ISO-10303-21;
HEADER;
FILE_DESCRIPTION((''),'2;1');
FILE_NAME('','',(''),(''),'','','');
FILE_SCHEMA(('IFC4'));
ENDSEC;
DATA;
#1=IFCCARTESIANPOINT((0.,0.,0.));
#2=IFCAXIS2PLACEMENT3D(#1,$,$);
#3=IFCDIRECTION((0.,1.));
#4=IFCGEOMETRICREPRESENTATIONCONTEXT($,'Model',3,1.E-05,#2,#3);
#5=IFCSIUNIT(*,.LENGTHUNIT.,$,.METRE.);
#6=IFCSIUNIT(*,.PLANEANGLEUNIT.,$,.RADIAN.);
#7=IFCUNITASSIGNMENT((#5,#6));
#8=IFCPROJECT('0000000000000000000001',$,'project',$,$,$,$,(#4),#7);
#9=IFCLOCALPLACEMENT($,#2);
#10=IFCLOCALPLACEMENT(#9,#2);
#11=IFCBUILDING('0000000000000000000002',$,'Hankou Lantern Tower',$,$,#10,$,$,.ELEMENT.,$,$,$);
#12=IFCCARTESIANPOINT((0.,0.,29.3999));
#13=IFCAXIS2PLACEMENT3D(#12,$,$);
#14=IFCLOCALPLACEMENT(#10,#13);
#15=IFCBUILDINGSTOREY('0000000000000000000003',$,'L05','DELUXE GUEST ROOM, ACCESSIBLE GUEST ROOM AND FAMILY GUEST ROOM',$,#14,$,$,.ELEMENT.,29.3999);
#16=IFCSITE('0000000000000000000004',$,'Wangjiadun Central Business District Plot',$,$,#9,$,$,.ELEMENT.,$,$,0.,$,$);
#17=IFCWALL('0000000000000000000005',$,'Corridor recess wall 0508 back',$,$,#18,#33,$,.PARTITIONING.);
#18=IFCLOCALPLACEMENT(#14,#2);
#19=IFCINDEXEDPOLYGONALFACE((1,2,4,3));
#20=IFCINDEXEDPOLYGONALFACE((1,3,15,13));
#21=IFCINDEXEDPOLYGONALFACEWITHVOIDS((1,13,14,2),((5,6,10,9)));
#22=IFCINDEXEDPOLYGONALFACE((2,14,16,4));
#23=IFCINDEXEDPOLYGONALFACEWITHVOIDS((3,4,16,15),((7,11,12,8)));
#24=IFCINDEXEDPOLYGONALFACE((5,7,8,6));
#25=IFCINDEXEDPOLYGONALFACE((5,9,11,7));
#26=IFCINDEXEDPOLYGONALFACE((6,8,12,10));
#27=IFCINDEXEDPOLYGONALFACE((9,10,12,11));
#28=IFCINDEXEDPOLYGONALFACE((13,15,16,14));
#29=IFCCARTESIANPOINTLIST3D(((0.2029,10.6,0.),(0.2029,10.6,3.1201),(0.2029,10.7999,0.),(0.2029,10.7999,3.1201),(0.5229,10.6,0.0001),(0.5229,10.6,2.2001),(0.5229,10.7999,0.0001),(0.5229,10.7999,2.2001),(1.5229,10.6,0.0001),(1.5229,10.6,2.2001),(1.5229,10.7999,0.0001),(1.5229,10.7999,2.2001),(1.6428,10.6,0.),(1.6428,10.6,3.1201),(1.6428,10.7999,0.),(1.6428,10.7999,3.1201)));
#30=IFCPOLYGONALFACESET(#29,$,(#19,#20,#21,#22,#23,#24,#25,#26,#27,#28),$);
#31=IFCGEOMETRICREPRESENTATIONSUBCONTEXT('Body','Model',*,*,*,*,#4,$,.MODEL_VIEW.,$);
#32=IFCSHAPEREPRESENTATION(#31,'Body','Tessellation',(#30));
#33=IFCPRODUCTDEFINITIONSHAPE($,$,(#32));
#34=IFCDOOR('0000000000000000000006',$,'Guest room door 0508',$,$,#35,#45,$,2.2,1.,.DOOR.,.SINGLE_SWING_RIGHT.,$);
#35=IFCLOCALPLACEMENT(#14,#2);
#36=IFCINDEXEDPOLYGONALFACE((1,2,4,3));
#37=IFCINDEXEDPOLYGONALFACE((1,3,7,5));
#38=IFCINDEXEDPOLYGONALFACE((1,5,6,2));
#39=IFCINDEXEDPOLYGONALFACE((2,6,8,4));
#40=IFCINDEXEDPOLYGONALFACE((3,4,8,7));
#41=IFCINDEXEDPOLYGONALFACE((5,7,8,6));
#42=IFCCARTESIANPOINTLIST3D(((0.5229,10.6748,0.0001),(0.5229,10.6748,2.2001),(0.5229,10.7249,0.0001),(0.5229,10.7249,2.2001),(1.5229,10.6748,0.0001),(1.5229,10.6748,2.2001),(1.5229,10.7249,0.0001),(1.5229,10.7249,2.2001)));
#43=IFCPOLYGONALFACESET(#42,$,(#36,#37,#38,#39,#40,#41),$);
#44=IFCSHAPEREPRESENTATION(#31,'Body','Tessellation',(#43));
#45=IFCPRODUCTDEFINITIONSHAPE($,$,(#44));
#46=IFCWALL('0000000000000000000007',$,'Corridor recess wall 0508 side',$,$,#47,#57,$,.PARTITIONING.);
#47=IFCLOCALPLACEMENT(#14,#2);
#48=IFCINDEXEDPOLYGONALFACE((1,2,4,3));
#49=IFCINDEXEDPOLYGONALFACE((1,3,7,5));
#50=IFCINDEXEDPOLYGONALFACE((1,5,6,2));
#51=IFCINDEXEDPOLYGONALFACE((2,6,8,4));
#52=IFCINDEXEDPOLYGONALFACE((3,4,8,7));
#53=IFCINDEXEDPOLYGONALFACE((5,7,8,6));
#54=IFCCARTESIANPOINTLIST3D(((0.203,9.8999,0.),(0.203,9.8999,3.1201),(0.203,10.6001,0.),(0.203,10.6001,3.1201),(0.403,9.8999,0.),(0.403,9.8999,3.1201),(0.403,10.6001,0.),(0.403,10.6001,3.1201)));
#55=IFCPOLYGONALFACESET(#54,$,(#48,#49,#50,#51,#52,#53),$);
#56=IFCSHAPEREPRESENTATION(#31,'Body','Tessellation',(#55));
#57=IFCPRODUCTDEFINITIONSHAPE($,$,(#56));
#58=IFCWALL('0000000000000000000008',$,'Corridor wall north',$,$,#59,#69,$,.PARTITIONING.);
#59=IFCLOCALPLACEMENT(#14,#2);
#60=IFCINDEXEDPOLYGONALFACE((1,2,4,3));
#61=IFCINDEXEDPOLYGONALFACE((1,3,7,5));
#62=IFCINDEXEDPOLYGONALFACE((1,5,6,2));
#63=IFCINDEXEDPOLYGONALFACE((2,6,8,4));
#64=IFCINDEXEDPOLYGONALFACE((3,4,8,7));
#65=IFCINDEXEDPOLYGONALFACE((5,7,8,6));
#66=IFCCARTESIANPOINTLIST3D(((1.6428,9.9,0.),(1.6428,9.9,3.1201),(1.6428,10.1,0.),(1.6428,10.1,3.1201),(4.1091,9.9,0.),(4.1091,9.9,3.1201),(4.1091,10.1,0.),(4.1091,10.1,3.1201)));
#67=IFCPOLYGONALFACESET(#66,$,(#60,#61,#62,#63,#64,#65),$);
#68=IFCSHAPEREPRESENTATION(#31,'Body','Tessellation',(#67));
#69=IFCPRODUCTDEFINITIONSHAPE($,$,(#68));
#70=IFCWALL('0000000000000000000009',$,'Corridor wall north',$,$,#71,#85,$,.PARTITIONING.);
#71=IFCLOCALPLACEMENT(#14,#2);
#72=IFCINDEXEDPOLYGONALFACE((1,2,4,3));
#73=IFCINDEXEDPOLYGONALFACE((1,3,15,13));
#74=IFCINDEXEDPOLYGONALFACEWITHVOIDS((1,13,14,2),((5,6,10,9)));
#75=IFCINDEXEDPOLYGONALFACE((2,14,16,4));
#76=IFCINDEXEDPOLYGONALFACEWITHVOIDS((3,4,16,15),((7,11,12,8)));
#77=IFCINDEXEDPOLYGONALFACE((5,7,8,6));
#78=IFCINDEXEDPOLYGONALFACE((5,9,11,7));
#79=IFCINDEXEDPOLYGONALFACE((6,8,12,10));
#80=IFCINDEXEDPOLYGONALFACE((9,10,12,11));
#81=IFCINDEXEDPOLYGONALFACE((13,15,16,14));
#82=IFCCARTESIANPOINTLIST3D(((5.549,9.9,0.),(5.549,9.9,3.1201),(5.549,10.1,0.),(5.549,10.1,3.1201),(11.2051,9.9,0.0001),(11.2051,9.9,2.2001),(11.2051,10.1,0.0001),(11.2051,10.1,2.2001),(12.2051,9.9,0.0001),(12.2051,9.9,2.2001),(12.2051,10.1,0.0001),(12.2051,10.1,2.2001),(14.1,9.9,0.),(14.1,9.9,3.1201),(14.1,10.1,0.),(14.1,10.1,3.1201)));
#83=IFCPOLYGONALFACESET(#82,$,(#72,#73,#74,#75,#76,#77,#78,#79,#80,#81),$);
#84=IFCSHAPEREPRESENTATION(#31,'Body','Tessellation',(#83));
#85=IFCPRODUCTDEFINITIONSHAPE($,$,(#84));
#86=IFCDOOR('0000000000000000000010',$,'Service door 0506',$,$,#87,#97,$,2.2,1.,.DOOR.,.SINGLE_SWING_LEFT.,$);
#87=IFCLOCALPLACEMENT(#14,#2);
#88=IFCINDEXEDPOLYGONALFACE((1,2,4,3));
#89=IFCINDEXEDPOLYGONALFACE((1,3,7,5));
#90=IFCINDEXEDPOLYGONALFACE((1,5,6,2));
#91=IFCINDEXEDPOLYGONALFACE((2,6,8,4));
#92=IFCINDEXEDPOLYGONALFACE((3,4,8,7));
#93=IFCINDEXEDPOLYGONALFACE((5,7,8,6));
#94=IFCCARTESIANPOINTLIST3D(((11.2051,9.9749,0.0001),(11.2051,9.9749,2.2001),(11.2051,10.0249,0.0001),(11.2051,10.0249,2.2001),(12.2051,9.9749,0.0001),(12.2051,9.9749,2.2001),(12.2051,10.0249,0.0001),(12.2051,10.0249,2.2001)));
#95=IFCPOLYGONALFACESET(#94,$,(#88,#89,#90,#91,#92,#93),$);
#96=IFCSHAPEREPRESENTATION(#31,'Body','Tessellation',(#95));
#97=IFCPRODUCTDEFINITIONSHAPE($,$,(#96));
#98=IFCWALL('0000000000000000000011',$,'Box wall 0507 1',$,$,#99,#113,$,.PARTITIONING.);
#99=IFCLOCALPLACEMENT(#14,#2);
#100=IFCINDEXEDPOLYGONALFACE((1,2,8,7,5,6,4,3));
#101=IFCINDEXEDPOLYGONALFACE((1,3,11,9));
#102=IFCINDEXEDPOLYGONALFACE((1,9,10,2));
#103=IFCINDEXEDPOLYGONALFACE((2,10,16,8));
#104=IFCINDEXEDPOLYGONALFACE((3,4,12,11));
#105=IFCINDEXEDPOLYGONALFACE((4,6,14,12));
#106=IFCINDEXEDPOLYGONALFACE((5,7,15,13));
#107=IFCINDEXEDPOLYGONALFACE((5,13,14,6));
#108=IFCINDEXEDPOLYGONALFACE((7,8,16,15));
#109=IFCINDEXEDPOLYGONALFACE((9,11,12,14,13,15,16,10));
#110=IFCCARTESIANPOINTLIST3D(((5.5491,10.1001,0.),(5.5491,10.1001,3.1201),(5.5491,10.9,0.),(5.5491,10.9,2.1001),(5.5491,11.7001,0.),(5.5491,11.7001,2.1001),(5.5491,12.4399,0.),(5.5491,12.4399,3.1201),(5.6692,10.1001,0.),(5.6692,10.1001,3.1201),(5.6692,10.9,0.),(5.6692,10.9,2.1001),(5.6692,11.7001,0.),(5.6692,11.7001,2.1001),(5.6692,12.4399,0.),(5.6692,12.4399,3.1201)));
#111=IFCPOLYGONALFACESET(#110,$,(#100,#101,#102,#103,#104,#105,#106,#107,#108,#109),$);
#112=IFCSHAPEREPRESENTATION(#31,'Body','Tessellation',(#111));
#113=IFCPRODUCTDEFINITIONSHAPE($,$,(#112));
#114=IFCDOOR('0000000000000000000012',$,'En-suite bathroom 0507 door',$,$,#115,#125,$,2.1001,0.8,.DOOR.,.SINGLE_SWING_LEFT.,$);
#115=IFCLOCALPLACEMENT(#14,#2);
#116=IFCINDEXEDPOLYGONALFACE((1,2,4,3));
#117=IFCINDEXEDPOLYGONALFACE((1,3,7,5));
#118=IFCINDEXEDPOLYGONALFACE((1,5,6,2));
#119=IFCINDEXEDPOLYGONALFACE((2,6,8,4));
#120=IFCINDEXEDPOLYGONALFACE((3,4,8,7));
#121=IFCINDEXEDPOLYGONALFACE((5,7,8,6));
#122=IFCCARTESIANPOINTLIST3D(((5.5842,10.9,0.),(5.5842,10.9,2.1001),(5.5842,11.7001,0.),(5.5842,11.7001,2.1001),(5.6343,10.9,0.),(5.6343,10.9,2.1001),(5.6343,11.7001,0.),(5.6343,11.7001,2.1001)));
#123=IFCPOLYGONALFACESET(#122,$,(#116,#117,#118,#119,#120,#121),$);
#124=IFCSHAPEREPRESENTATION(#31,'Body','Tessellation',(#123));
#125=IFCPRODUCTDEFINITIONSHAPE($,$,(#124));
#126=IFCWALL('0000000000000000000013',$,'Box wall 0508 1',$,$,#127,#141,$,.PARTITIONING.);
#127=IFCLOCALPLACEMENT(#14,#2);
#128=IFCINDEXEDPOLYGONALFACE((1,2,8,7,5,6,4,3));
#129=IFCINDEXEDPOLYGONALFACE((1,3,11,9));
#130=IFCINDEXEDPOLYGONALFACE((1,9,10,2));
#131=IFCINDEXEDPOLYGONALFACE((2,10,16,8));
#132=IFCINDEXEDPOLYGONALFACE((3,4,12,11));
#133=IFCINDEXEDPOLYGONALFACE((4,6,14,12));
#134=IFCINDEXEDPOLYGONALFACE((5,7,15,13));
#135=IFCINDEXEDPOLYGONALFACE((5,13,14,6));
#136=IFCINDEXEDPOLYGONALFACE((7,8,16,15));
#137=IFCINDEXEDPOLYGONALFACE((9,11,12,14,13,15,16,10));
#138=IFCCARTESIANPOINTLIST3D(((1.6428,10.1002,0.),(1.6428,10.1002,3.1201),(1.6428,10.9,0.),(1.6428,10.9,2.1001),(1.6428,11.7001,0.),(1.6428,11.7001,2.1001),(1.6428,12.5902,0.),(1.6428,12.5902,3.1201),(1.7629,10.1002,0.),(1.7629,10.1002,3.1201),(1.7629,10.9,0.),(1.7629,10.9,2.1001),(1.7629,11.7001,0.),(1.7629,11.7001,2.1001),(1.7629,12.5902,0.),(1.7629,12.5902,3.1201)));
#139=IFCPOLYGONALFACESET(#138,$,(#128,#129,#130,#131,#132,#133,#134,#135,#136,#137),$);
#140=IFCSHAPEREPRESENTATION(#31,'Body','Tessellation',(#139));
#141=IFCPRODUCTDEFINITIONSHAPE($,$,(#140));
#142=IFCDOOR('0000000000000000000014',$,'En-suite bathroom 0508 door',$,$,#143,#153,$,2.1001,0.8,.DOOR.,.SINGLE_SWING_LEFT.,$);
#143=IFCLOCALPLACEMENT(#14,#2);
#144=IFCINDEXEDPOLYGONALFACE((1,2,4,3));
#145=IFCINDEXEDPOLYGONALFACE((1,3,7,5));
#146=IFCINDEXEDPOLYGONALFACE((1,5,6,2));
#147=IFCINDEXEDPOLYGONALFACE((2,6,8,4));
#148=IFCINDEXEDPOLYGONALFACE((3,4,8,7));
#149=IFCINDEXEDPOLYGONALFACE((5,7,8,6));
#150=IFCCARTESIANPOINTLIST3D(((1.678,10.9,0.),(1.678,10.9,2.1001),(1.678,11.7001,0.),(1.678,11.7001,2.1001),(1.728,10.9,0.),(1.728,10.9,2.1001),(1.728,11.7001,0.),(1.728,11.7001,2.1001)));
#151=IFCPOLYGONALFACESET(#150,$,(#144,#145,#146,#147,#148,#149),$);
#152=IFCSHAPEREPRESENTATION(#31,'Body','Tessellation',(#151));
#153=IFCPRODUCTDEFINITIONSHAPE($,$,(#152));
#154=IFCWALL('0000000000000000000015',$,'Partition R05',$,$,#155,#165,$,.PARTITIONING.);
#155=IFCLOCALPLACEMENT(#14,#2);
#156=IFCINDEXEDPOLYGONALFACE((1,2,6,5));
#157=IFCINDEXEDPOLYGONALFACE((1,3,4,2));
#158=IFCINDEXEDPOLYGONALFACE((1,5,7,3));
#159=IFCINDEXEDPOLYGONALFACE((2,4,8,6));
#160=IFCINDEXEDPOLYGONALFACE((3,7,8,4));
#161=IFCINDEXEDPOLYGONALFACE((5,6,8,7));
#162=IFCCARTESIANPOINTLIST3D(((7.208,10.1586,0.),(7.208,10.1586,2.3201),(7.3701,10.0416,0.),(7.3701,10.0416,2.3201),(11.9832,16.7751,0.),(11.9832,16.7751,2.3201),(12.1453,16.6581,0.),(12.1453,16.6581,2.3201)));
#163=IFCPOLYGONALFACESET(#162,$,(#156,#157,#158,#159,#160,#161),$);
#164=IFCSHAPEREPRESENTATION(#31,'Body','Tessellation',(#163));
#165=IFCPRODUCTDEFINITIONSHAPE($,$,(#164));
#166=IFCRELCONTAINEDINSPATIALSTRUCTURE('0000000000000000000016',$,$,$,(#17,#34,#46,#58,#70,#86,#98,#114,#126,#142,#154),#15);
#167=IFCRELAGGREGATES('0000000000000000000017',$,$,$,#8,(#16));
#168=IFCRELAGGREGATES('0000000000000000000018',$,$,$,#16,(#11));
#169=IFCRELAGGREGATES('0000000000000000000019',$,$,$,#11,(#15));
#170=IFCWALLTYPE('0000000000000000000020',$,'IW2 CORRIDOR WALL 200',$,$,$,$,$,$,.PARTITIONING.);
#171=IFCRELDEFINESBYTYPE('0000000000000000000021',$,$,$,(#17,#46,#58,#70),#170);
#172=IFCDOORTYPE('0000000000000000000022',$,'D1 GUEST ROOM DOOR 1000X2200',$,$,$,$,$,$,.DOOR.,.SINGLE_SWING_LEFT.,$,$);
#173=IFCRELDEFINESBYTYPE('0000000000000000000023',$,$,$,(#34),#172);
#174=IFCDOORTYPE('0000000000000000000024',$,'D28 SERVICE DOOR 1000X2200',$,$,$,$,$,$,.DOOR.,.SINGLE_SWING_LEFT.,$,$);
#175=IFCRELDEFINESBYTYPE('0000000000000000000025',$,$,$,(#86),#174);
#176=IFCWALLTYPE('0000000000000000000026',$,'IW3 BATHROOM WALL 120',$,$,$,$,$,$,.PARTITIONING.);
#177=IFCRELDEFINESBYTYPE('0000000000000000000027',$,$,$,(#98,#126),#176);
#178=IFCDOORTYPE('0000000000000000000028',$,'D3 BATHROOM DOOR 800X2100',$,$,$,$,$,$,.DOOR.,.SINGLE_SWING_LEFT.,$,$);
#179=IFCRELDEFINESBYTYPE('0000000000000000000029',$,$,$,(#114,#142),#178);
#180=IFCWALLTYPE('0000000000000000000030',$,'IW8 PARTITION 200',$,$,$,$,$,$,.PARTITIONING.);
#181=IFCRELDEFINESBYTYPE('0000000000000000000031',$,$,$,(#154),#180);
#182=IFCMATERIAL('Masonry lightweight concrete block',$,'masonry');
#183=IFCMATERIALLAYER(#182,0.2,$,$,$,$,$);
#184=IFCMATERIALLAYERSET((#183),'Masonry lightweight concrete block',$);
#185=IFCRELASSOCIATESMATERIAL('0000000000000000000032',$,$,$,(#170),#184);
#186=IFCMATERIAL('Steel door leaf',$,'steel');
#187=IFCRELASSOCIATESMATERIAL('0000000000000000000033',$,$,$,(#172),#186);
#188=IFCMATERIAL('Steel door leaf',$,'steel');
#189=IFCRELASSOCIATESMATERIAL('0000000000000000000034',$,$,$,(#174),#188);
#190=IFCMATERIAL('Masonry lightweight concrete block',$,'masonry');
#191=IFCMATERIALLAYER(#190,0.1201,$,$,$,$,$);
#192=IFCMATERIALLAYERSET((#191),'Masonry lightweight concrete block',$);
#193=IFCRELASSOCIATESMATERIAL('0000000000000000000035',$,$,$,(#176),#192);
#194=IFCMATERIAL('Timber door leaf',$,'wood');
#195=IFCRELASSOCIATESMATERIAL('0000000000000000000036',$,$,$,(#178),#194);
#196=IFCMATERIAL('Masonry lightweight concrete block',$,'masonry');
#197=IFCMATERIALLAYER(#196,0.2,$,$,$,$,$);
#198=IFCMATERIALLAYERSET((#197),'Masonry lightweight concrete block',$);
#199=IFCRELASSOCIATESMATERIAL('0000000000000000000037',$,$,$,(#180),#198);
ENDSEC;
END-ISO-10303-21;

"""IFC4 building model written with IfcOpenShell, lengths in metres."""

from ifc_helpers import new_model, si_unit, direction, frame, frame_2d, origin, place, context, subcontext, project, spatial, rectangle, extrude, material, layer, layer_set, type_object, element, fill, save


model = new_model("IFC4")

# Units and contexts
model_context = context("Model", 3, precision=1e-05, world=origin(), true_north=direction((0.0, 1.0)))
body_context = subcontext(model_context, "Body", "Model", "MODEL_VIEW")
ifc_project = project(units=[si_unit("LENGTHUNIT", "METRE"), si_unit("PLANEANGLEUNIT", "RADIAN")], contexts=[model_context])

# Site, building, storey
site_placement = place(None, origin())
site = spatial("IfcSite", under=ifc_project, at=site_placement, Name="Wangjiadun Central Business District Plot", CompositionType="ELEMENT", RefElevation=0.0)
building_placement = place(site_placement, origin())
building = spatial("IfcBuilding", under=site, at=building_placement, Name="Hankou Lantern Tower", CompositionType="ELEMENT")
storey_placement = place(building_placement, frame((0.0, 0.0, 29.3999)))
storey = spatial("IfcBuildingStorey", under=building, at=storey_placement, Name="L05", Description="DELUXE GUEST ROOM, ACCESSIBLE GUEST ROOM AND FAMILY GUEST ROOM", CompositionType="ELEMENT", Elevation=29.3999)

# Shared definitions
ifc_material_1 = material(Name="Masonry lightweight concrete block", Category="masonry")
ifc_layer_1 = layer(ifc_material_1, 0.2)
ifc_layer_set_1 = layer_set([ifc_layer_1], Name="Masonry lightweight concrete block")
wall_type_1 = type_object("IfcWallType", Name="IW2 CORRIDOR WALL 200", PredefinedType="PARTITIONING", material=ifc_layer_set_1)

# Wall, opening, door
wall_1_placement = place(storey_placement, frame((0.2029, 10.7, 0.0), z_axis=(0.0, 0.0, 1.0), x_axis=(1.0, 0.0, 0.0)))
wall_1 = element("IfcWall", 1, at=wall_1_placement, inside=storey, type_object=wall_type_1, Name="Corridor recess wall 0508 back", PredefinedType="PARTITIONING", context=body_context, shape_type="SweptSolid", body=[
    extrude(rectangle(XDim=1.4399, YDim=0.2, at=frame_2d((0.72, 0.0))), origin(), (0.0, 0.0, 1.0), 3.1201),
])
opening_1_placement = place(wall_1_placement, frame((0.3201, 0.0, 0.0)))
opening_1 = element("IfcOpeningElement", 2, at=opening_1_placement, cuts=wall_1, PredefinedType="OPENING", context=body_context, shape_type="SweptSolid", body=[
    extrude(rectangle(XDim=1.0, YDim=2.2, at=frame_2d((0.5, 1.1001))), frame((0.0, 0.1099, 0.0), z_axis=(0.0, -1.0, 0.0), x_axis=(1.0, 0.0, 0.0)), (0.0, 0.0, 1.0), 0.22),
])
ifc_material_2 = material(Name="Steel door leaf", Category="steel")
door_type_1 = type_object("IfcDoorType", Name="D1 GUEST ROOM DOOR 1000X2200", OperationType="SINGLE_SWING_LEFT", PredefinedType="DOOR", material=ifc_material_2)
door_1_placement = place(opening_1_placement, origin())
door_1 = element("IfcDoor", 3, at=door_1_placement, inside=storey, type_object=door_type_1, Name="Guest room door 0508", OperationType="SINGLE_SWING_RIGHT", OverallHeight=2.2, OverallWidth=1.0, PredefinedType="DOOR", context=body_context, shape_type="SweptSolid", body=[
    extrude(rectangle(XDim=1.0, YDim=2.2, at=frame_2d((0.5, 1.1001))), frame((0.0, 0.0249, 0.0), z_axis=(0.0, -1.0, 0.0), x_axis=(1.0, 0.0, 0.0)), (0.0, 0.0, 1.0), 0.05),
])
fill(opening_1, door_1)

# Walls
wall_2_placement = place(storey_placement, frame((0.303, 9.8999, 0.0), z_axis=(0.0, 0.0, 1.0), x_axis=(0.0, 1.0, 0.0)))
element("IfcWall", 4, at=wall_2_placement, inside=storey, type_object=wall_type_1, Name="Corridor recess wall 0508 side", PredefinedType="PARTITIONING", context=body_context, shape_type="SweptSolid", body=[
    extrude(rectangle(XDim=0.7002, YDim=0.2, at=frame_2d((0.3501, 0.0))), origin(), (0.0, 0.0, 1.0), 3.1201),
])
wall_3_placement = place(storey_placement, frame((1.6428, 10.0, 0.0), z_axis=(0.0, 0.0, 1.0), x_axis=(1.0, 0.0, 0.0)))
element("IfcWall", 5, at=wall_3_placement, inside=storey, type_object=wall_type_1, Name="Corridor wall north", PredefinedType="PARTITIONING", context=body_context, shape_type="SweptSolid", body=[
    extrude(rectangle(XDim=2.4663, YDim=0.2, at=frame_2d((1.2332, 0.0))), origin(), (0.0, 0.0, 1.0), 3.1201),
])

# Walls, openings, doors
wall_4_placement = place(storey_placement, frame((5.5491, 10.0, 0.0), z_axis=(0.0, 0.0, 1.0), x_axis=(1.0, 0.0, 0.0)))
wall_4 = element("IfcWall", 6, at=wall_4_placement, inside=storey, type_object=wall_type_1, Name="Corridor wall north", PredefinedType="PARTITIONING", context=body_context, shape_type="SweptSolid", body=[
    extrude(rectangle(XDim=8.551, YDim=0.2, at=frame_2d((4.2754, 0.0))), origin(), (0.0, 0.0, 1.0), 3.1201),
])
opening_2_placement = place(wall_4_placement, frame((5.656, 0.0, 0.0)))
opening_2 = element("IfcOpeningElement", 7, at=opening_2_placement, cuts=wall_4, PredefinedType="OPENING", context=body_context, shape_type="SweptSolid", body=[
    extrude(rectangle(XDim=1.0, YDim=2.2, at=frame_2d((0.5, 1.1001))), frame((0.0, 0.1099, 0.0), z_axis=(0.0, -1.0, 0.0), x_axis=(1.0, 0.0, 0.0)), (0.0, 0.0, 1.0), 0.22),
])
ifc_material_3 = material(Name="Steel door leaf", Category="steel")
door_type_2 = type_object("IfcDoorType", Name="D28 SERVICE DOOR 1000X2200", OperationType="SINGLE_SWING_LEFT", PredefinedType="DOOR", material=ifc_material_3)
door_2_placement = place(opening_2_placement, origin())
door_2 = element("IfcDoor", 8, at=door_2_placement, inside=storey, type_object=door_type_2, Name="Service door 0506", OperationType="SINGLE_SWING_LEFT", OverallHeight=2.2, OverallWidth=1.0, PredefinedType="DOOR", context=body_context, shape_type="SweptSolid", body=[
    extrude(rectangle(XDim=1.0, YDim=2.2, at=frame_2d((0.5, 1.1001))), frame((0.0, 0.0249, 0.0), z_axis=(0.0, -1.0, 0.0), x_axis=(1.0, 0.0, 0.0)), (0.0, 0.0, 1.0), 0.05),
])
fill(opening_2, door_2)
ifc_material_4 = material(Name="Masonry lightweight concrete block", Category="masonry")
ifc_layer_2 = layer(ifc_material_4, 0.1201)
ifc_layer_set_2 = layer_set([ifc_layer_2], Name="Masonry lightweight concrete block")
wall_type_2 = type_object("IfcWallType", Name="IW3 BATHROOM WALL 120", PredefinedType="PARTITIONING", material=ifc_layer_set_2)
wall_5_placement = place(storey_placement, frame((5.6091, 10.1001, 0.0), z_axis=(0.0, 0.0, 1.0), x_axis=(0.0, 1.0, 0.0)))
wall_5 = element("IfcWall", 9, at=wall_5_placement, inside=storey, type_object=wall_type_2, Name="Box wall 0507 1", PredefinedType="PARTITIONING", context=body_context, shape_type="SweptSolid", body=[
    extrude(rectangle(XDim=2.3398, YDim=0.1201, at=frame_2d((1.1699, 0.0))), origin(), (0.0, 0.0, 1.0), 3.1201),
])
opening_3_placement = place(wall_5_placement, frame((0.8, 0.0, 0.0)))
opening_3 = element("IfcOpeningElement", 10, at=opening_3_placement, cuts=wall_5, PredefinedType="OPENING", context=body_context, shape_type="SweptSolid", body=[
    extrude(rectangle(XDim=0.8, YDim=2.1001, at=frame_2d((0.3999, 1.05))), frame((0.0, 0.0701, 0.0), z_axis=(0.0, -1.0, 0.0), x_axis=(1.0, 0.0, 0.0)), (0.0, 0.0, 1.0), 0.1401),
])
ifc_material_5 = material(Name="Timber door leaf", Category="wood")
door_type_3 = type_object("IfcDoorType", Name="D3 BATHROOM DOOR 800X2100", OperationType="SINGLE_SWING_LEFT", PredefinedType="DOOR", material=ifc_material_5)
door_3_placement = place(opening_3_placement, origin())
door_3 = element("IfcDoor", 11, at=door_3_placement, inside=storey, type_object=door_type_3, Name="En-suite bathroom 0507 door", OperationType="SINGLE_SWING_LEFT", OverallHeight=2.1001, OverallWidth=0.8, PredefinedType="DOOR", context=body_context, shape_type="SweptSolid", body=[
    extrude(rectangle(XDim=0.8, YDim=2.1001, at=frame_2d((0.3999, 1.05))), frame((0.0, 0.0249, 0.0), z_axis=(0.0, -1.0, 0.0), x_axis=(1.0, 0.0, 0.0)), (0.0, 0.0, 1.0), 0.05),
])
fill(opening_3, door_3)
wall_6_placement = place(storey_placement, frame((1.7029, 10.1001, 0.0), z_axis=(0.0, 0.0, 1.0), x_axis=(0.0, 1.0, 0.0)))
wall_6 = element("IfcWall", 12, at=wall_6_placement, inside=storey, type_object=wall_type_2, Name="Box wall 0508 1", PredefinedType="PARTITIONING", context=body_context, shape_type="SweptSolid", body=[
    extrude(rectangle(XDim=2.49, YDim=0.1201, at=frame_2d((1.2451, 0.0))), origin(), (0.0, 0.0, 1.0), 3.1201),
])
opening_4_placement = place(wall_6_placement, frame((0.8, 0.0, 0.0)))
opening_4 = element("IfcOpeningElement", 13, at=opening_4_placement, cuts=wall_6, PredefinedType="OPENING", context=body_context, shape_type="SweptSolid", body=[
    extrude(rectangle(XDim=0.8, YDim=2.1001, at=frame_2d((0.3999, 1.05))), frame((0.0, 0.0701, 0.0), z_axis=(0.0, -1.0, 0.0), x_axis=(1.0, 0.0, 0.0)), (0.0, 0.0, 1.0), 0.1401),
])
door_4_placement = place(opening_4_placement, origin())
door_4 = element("IfcDoor", 14, at=door_4_placement, inside=storey, type_object=door_type_3, Name="En-suite bathroom 0508 door", OperationType="SINGLE_SWING_LEFT", OverallHeight=2.1001, OverallWidth=0.8, PredefinedType="DOOR", context=body_context, shape_type="SweptSolid", body=[
    extrude(rectangle(XDim=0.8, YDim=2.1001, at=frame_2d((0.3999, 1.05))), frame((0.0, 0.0249, 0.0), z_axis=(0.0, -1.0, 0.0), x_axis=(1.0, 0.0, 0.0)), (0.0, 0.0, 1.0), 0.05),
])
fill(opening_4, door_4)

# Wall
ifc_material_6 = material(Name="Masonry lightweight concrete block", Category="masonry")
ifc_layer_3 = layer(ifc_material_6, 0.2)
ifc_layer_set_3 = layer_set([ifc_layer_3], Name="Masonry lightweight concrete block")
wall_type_3 = type_object("IfcWallType", Name="IW8 PARTITION 200", PredefinedType="PARTITIONING", material=ifc_layer_set_3)
wall_7_placement = place(storey_placement, frame((7.2891, 10.1001, 0.0), z_axis=(0.0, 0.0, 1.0), x_axis=(0.585216, 0.810877, 0.0)))
element("IfcWall", 15, at=wall_7_placement, inside=storey, type_object=wall_type_3, Name="Partition R05", PredefinedType="PARTITIONING", context=body_context, shape_type="SweptSolid", body=[
    extrude(rectangle(XDim=8.1597, YDim=0.2, at=frame_2d((4.0798, 0.0))), origin(), (0.0, 0.0, 1.0), 2.3201),
])

save(model, "model.ifc")
